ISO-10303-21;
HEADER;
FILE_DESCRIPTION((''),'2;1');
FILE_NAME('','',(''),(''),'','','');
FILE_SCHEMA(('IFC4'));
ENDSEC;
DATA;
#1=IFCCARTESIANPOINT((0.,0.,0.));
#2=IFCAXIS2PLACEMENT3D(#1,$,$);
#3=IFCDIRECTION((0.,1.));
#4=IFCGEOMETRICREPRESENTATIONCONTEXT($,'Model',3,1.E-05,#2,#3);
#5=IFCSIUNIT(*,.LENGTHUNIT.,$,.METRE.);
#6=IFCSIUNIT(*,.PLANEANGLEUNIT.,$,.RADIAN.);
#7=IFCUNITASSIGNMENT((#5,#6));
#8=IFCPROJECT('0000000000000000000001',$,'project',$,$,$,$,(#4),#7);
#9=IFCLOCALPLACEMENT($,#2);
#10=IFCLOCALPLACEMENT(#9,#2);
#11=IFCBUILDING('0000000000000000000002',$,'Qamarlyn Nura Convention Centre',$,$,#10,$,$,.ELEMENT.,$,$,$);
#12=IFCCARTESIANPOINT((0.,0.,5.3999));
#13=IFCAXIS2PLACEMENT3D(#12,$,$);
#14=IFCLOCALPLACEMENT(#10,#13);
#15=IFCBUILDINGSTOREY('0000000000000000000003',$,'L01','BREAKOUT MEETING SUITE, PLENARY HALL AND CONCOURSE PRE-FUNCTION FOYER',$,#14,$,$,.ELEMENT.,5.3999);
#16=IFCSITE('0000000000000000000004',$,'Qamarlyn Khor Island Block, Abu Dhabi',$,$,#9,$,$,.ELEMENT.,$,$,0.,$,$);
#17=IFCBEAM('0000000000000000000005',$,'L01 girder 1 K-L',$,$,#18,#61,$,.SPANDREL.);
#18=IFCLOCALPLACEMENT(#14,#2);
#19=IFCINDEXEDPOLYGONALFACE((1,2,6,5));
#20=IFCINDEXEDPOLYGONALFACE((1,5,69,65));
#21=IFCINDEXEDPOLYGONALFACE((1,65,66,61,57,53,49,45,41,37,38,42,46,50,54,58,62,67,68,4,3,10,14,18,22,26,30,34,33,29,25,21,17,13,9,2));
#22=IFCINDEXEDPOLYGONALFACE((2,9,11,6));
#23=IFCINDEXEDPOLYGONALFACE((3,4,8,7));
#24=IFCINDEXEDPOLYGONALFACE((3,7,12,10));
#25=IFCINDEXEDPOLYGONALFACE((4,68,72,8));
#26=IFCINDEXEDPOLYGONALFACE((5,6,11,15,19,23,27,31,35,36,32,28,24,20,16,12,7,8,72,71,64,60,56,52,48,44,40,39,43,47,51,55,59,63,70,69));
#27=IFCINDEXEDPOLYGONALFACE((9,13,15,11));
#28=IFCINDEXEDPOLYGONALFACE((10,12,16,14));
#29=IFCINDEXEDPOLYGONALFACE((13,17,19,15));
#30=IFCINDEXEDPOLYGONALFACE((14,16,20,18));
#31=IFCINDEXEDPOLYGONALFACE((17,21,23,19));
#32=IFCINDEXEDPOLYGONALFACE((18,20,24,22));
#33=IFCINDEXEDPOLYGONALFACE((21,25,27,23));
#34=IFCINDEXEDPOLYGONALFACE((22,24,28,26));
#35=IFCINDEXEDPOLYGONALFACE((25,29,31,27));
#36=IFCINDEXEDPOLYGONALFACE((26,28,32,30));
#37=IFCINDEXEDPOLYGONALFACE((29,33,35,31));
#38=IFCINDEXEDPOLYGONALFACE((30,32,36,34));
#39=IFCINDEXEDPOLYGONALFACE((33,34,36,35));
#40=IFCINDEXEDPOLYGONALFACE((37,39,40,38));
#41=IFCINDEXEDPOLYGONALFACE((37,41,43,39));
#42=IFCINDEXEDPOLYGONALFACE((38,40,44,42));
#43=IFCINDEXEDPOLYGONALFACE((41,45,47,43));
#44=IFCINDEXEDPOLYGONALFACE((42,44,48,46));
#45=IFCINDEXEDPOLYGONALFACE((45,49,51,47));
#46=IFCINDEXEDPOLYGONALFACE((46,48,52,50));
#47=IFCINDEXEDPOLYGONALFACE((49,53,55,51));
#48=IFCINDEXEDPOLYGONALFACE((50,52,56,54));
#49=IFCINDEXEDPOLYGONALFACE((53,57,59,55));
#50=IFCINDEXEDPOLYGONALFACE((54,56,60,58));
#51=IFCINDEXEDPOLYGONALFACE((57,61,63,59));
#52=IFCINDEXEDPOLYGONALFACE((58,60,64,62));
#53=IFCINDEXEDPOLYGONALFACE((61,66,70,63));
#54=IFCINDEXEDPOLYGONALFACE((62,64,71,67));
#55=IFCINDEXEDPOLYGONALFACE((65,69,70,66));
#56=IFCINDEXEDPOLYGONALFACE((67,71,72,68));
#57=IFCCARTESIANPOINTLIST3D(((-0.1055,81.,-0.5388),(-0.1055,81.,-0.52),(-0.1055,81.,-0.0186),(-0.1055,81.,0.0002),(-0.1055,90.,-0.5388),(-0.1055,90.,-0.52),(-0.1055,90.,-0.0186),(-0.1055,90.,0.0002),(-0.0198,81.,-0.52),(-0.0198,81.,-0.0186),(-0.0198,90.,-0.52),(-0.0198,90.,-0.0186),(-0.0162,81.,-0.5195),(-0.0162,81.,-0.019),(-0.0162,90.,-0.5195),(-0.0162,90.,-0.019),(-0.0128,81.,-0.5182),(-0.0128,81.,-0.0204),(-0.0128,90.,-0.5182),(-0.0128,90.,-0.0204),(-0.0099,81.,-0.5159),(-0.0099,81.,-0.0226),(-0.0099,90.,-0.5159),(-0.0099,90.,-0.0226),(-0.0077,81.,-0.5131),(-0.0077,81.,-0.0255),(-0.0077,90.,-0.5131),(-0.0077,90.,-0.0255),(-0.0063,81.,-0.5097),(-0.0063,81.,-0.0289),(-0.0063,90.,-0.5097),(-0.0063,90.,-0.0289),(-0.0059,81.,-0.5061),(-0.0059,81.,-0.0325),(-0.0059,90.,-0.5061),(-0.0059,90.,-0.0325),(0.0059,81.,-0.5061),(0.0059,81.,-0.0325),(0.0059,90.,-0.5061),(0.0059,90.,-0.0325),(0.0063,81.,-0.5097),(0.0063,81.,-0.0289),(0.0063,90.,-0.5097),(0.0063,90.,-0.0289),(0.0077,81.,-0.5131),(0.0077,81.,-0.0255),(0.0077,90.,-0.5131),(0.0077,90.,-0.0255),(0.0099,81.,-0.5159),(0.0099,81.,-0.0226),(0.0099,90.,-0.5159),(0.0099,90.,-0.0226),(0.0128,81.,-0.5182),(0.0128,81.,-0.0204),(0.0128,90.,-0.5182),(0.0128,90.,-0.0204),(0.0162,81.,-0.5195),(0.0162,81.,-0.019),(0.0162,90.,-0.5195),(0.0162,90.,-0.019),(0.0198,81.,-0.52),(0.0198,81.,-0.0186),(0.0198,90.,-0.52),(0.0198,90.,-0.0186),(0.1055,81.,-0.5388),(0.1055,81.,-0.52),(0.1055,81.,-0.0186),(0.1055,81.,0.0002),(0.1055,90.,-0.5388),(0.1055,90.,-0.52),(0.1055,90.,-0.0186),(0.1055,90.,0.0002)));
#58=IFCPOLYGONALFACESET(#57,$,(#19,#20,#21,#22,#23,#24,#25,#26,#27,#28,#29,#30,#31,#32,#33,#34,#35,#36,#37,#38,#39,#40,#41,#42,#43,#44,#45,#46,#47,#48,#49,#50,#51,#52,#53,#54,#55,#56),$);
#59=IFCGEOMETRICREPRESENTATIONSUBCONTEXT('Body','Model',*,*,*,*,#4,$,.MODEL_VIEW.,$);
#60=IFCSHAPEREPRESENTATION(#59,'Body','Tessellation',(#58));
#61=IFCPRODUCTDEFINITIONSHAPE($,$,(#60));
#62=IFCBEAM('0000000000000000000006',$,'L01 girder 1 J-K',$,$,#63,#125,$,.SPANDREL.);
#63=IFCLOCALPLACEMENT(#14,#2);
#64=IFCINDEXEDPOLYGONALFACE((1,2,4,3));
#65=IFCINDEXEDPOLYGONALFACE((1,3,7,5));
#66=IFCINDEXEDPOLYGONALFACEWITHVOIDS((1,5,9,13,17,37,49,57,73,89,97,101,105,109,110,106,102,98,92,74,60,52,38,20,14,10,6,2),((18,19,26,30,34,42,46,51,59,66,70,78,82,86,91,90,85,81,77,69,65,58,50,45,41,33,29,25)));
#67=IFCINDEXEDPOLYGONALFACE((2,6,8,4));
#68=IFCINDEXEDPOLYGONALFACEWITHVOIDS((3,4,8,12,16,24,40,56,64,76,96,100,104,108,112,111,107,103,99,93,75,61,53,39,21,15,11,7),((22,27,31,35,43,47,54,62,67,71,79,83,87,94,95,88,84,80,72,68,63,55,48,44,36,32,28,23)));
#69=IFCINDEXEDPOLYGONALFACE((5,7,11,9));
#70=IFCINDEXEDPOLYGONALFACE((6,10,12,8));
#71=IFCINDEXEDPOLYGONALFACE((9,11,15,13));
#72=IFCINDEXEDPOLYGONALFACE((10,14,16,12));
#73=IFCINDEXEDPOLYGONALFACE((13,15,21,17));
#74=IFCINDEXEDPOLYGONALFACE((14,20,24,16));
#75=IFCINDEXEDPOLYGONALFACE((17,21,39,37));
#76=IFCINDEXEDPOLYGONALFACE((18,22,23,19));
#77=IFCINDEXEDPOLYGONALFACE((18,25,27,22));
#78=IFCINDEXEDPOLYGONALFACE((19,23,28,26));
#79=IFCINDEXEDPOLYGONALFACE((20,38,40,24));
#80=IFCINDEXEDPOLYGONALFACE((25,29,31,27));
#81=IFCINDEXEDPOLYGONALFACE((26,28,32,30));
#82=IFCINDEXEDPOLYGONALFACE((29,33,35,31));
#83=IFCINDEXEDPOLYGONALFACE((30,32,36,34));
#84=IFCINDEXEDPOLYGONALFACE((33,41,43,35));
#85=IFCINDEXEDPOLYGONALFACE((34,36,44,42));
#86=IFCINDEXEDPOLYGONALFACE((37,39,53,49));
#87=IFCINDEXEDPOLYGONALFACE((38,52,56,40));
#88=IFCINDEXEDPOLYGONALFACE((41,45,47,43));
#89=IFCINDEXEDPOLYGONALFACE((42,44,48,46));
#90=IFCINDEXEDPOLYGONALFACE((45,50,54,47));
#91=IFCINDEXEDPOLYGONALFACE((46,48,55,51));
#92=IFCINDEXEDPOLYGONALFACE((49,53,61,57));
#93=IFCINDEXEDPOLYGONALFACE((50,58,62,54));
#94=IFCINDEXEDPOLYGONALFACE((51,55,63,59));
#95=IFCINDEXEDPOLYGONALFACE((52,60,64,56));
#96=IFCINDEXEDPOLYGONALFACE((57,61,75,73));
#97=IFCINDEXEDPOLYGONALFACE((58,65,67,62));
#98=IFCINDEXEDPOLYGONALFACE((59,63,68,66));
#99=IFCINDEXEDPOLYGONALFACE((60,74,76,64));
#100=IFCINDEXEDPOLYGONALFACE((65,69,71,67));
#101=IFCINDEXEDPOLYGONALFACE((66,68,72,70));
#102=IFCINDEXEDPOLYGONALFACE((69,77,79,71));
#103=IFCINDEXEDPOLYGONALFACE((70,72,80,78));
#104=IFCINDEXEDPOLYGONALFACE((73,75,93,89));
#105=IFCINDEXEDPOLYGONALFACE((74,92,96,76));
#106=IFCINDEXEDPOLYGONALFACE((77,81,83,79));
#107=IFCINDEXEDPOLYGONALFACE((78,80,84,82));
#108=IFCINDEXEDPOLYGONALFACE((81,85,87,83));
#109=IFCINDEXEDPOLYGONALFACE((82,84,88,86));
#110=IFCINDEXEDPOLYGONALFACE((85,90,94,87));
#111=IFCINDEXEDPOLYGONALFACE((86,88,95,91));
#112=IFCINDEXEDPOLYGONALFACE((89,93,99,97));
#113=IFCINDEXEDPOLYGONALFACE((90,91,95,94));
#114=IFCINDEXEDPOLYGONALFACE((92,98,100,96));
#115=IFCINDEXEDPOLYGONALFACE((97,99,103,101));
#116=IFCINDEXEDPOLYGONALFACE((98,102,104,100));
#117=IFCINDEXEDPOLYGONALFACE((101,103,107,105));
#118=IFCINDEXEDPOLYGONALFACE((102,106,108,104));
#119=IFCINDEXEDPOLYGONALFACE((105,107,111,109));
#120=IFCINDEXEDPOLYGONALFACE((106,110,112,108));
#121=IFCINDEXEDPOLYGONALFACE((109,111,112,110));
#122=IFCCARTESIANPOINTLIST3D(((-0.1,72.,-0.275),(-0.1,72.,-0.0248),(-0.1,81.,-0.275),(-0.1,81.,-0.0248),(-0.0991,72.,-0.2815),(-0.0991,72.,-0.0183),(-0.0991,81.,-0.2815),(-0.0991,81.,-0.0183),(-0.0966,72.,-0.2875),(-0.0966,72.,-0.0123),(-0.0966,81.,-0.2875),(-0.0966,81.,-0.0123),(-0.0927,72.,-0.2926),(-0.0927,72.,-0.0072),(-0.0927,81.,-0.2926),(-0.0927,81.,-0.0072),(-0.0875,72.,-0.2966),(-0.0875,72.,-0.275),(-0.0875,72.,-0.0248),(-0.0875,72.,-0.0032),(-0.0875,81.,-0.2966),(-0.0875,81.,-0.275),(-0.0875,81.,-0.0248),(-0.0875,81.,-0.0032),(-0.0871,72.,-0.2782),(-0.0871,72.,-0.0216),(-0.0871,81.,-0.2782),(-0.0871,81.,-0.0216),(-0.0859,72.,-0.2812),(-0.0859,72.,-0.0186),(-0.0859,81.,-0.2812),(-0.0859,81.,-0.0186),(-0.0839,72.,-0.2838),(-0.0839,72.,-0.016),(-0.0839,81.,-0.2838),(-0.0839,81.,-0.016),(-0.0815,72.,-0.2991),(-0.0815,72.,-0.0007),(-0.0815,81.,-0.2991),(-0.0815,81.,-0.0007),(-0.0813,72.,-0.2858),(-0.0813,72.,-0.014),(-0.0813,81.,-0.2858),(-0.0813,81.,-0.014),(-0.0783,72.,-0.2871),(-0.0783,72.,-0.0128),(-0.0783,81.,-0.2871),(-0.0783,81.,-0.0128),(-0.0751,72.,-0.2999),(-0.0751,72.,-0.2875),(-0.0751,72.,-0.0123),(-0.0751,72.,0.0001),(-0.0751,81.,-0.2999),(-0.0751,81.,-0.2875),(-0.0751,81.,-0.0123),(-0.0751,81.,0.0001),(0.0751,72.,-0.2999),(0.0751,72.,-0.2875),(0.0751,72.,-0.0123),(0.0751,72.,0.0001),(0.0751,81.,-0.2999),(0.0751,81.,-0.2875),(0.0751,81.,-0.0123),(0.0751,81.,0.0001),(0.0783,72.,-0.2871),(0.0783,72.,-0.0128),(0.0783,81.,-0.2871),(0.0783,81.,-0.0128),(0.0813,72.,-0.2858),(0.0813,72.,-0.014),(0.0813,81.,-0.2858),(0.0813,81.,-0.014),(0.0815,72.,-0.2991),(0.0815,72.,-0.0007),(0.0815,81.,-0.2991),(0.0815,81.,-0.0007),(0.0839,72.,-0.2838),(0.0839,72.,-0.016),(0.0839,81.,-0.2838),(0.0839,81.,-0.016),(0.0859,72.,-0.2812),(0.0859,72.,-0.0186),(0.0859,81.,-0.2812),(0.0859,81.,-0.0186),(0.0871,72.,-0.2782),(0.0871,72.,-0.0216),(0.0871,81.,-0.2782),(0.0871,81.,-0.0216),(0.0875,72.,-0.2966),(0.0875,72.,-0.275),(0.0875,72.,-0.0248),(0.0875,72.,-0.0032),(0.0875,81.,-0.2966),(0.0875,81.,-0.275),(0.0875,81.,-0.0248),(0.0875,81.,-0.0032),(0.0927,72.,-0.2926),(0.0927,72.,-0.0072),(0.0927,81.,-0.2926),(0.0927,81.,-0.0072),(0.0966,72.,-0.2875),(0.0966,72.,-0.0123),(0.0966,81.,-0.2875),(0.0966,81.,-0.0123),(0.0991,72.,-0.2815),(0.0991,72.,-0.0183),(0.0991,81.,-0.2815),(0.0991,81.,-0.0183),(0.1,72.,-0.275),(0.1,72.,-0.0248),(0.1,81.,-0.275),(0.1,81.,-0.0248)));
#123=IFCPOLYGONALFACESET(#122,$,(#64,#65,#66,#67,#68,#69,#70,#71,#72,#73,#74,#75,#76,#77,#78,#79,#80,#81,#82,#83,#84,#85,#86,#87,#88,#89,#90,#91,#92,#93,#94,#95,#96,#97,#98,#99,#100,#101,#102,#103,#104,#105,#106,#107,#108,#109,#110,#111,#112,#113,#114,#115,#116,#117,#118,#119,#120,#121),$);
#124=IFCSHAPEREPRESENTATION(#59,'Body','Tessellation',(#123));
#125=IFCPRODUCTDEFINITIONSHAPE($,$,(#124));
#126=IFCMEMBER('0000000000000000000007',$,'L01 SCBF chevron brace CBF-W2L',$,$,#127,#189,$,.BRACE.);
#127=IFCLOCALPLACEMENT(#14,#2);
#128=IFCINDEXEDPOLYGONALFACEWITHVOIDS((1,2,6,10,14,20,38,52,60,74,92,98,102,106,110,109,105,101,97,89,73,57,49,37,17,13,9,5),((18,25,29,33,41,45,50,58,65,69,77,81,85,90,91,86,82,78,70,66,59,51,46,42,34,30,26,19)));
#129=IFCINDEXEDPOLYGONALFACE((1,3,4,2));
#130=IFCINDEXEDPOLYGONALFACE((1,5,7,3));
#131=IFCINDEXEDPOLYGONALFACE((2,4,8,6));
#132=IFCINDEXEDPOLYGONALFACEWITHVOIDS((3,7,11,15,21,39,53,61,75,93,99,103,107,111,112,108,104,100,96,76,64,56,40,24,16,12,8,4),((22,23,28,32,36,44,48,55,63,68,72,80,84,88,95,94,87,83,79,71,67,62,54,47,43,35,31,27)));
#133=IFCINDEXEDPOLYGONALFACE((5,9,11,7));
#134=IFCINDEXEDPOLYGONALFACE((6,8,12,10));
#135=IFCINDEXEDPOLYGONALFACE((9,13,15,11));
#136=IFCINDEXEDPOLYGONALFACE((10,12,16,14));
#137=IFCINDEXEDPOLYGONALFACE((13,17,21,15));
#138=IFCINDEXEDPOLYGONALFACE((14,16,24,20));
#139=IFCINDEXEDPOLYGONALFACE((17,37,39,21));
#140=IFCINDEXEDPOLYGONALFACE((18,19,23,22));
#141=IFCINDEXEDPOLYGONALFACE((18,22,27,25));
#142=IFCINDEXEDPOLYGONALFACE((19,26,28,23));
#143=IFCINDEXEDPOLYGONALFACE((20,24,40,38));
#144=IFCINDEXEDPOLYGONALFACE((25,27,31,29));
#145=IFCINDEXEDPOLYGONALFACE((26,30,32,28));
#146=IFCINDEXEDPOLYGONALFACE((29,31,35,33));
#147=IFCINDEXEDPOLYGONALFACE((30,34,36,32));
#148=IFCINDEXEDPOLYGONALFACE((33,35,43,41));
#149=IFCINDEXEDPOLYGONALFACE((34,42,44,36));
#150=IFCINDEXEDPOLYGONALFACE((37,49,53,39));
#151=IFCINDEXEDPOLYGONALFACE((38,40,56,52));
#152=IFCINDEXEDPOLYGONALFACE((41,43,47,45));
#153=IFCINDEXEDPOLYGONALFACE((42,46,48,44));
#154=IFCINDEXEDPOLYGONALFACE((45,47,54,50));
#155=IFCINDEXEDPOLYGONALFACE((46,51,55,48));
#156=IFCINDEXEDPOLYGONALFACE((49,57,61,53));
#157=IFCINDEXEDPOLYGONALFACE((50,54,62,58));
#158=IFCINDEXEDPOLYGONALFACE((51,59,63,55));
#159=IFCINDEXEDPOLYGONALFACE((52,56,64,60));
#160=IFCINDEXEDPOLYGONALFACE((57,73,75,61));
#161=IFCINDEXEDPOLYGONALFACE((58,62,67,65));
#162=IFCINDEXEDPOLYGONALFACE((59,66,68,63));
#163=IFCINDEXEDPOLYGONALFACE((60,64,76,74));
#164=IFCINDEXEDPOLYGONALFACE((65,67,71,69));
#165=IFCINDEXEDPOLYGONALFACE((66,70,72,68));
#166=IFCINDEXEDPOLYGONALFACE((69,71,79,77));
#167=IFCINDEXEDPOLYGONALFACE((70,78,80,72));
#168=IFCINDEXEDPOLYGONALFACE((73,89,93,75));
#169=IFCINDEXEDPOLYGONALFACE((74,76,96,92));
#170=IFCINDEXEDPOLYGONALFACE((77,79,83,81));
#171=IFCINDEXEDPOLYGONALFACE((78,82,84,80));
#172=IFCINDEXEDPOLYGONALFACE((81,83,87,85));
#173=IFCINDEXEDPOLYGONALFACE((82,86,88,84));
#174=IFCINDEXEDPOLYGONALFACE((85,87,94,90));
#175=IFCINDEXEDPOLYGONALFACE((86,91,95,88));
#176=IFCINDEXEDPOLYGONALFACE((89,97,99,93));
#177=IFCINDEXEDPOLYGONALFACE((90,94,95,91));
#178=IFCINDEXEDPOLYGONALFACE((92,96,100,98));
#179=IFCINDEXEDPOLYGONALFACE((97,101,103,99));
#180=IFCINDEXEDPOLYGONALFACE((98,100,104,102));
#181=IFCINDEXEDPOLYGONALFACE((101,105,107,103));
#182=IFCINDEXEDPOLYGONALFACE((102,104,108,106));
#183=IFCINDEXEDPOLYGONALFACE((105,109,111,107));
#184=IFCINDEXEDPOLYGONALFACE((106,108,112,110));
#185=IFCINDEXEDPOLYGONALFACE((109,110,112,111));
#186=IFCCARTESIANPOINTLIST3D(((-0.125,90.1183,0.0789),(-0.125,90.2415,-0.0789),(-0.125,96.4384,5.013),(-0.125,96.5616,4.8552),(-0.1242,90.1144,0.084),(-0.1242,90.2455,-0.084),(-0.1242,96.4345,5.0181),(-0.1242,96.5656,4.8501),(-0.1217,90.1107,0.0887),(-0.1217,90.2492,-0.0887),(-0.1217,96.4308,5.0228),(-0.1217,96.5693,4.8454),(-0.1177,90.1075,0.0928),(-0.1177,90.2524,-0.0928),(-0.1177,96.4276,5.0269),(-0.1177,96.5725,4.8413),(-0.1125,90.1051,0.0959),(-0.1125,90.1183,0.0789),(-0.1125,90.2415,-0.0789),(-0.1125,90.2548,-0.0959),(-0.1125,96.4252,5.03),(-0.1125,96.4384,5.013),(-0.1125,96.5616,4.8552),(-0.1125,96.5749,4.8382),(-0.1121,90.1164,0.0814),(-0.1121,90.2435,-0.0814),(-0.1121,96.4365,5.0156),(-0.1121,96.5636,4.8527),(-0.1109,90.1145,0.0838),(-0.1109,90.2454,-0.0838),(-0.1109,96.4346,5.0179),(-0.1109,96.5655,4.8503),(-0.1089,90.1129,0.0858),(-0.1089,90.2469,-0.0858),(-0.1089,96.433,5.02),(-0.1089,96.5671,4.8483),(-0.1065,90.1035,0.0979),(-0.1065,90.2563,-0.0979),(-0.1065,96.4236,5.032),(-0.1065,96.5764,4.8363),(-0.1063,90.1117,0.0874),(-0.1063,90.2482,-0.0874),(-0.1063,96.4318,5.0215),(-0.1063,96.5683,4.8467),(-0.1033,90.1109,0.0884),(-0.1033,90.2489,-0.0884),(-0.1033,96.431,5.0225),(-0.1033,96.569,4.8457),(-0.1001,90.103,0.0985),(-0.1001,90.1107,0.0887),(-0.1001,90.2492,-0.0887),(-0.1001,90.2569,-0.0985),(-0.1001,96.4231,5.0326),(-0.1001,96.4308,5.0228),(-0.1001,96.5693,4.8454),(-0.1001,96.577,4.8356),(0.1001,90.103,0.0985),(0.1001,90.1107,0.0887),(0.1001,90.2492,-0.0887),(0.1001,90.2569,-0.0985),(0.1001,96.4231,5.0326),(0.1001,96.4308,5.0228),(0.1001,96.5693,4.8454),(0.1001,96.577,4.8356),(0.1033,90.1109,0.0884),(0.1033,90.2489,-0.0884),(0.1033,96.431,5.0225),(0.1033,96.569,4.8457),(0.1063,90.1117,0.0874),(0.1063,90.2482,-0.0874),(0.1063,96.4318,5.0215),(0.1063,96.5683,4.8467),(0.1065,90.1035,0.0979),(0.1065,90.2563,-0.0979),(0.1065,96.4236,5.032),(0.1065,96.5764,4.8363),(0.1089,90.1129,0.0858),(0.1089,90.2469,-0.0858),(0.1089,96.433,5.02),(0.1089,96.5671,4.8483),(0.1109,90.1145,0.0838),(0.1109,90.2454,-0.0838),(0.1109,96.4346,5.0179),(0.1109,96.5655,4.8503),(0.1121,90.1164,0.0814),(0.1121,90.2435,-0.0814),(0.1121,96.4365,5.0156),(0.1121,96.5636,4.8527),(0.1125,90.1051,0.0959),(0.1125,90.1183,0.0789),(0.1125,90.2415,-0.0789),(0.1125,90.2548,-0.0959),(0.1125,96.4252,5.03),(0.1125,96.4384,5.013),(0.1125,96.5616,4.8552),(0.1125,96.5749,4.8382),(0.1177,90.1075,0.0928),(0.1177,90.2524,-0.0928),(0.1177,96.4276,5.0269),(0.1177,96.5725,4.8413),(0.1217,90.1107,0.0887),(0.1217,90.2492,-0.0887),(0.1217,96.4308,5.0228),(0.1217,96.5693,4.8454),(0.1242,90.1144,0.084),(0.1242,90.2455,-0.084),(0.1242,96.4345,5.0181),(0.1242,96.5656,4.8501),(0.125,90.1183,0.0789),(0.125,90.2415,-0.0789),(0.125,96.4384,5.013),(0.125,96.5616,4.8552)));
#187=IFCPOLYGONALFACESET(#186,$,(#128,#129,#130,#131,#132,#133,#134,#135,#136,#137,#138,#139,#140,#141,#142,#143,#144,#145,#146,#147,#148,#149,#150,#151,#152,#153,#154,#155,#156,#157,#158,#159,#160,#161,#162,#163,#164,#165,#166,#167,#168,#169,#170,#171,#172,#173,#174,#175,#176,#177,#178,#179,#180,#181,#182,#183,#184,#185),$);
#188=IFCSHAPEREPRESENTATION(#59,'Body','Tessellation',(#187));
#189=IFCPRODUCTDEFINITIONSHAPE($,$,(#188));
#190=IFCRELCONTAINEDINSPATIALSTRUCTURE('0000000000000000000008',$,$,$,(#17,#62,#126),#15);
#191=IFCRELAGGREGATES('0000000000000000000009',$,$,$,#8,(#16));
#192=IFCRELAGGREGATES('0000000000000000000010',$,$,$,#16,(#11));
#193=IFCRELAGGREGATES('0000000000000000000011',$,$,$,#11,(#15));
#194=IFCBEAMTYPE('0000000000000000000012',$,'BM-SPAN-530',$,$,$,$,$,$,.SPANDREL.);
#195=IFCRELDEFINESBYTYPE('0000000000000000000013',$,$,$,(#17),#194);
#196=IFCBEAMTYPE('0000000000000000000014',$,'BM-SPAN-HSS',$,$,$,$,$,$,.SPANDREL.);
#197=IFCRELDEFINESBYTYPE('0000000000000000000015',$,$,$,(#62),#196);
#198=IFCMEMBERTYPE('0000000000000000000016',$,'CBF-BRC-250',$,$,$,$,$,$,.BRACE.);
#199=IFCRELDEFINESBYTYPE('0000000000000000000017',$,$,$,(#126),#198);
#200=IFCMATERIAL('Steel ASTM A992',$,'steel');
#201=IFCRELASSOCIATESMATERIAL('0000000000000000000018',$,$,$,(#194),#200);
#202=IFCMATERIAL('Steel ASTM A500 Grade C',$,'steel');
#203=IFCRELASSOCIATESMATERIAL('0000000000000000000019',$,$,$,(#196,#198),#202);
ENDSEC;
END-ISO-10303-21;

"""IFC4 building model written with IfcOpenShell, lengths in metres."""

from ifc_helpers import new_model, si_unit, direction, frame, origin, origin_2d, place, context, subcontext, project, spatial, hollow_rectangle, i_section, extrude, material, material_profile, profile_set, type_object, element, save


model = new_model("IFC4")

# Units and contexts
model_context = context("Model", 3, precision=1e-05, world=origin(), true_north=direction((0.0, 1.0)))
body_context = subcontext(model_context, "Body", "Model", "MODEL_VIEW")
ifc_project = project(units=[si_unit("LENGTHUNIT", "METRE"), si_unit("PLANEANGLEUNIT", "RADIAN")], contexts=[model_context])

# Site, building, storey
site_placement = place(None, origin())
site = spatial("IfcSite", under=ifc_project, at=site_placement, Name="Qamarlyn Khor Island Block, Abu Dhabi", CompositionType="ELEMENT", RefElevation=0.0)
building_placement = place(site_placement, origin())
building = spatial("IfcBuilding", under=site, at=building_placement, Name="Qamarlyn Nura Convention Centre", CompositionType="ELEMENT")
storey_placement = place(building_placement, frame((0.0, 0.0, 5.3999)))
storey = spatial("IfcBuildingStorey", under=building, at=storey_placement, Name="L01", Description="BREAKOUT MEETING SUITE, PLENARY HALL AND CONCOURSE PRE-FUNCTION FOYER", CompositionType="ELEMENT", Elevation=5.3999)

# Beams
ifc_material_1 = material(Name="Steel ASTM A992", Category="steel")
ifc_material_profile_1 = material_profile(ifc_material_1, i_section(OverallWidth=0.2109, OverallDepth=0.5391, WebThickness=0.0117, FlangeThickness=0.0188, FilletRadius=0.0139, at=origin_2d()), Name="W530X109")
ifc_profile_set_1 = profile_set([ifc_material_profile_1], Name="Steel ASTM A992")
beam_type_1 = type_object("IfcBeamType", Name="BM-SPAN-530", PredefinedType="SPANDREL", material=ifc_profile_set_1)
beam_1_placement = place(storey_placement, frame((0.0, 81.0, -0.2693), z_axis=(0.0, 1.0, 0.0), x_axis=(-1.0, 0.0, 0.0)))
element("IfcBeam", 1, at=beam_1_placement, inside=storey, type_object=beam_type_1, Name="L01 girder 1 K-L", PredefinedType="SPANDREL", context=body_context, shape_type="SweptSolid", body=[
    extrude(i_section(OverallWidth=0.2109, OverallDepth=0.5391, WebThickness=0.0117, FlangeThickness=0.0188, FilletRadius=0.0139, at=origin_2d()), origin(), (0.0, 0.0, 1.0), 9.0),
])
ifc_material_2 = material(Name="Steel ASTM A500 Grade C", Category="steel")
ifc_material_profile_2 = material_profile(ifc_material_2, hollow_rectangle(XDim=0.2, YDim=0.3, WallThickness=0.0125, InnerFilletRadius=0.0125, OuterFilletRadius=0.0249, at=origin_2d()), Name="HSS300X200X12.5")
ifc_profile_set_2 = profile_set([ifc_material_profile_2], Name="Steel ASTM A500 Grade C")
beam_type_2 = type_object("IfcBeamType", Name="BM-SPAN-HSS", PredefinedType="SPANDREL", material=ifc_profile_set_2)
beam_2_placement = place(storey_placement, frame((0.0, 72.0, -0.1499), z_axis=(0.0, 1.0, 0.0), x_axis=(-1.0, 0.0, 0.0)))
element("IfcBeam", 2, at=beam_2_placement, inside=storey, type_object=beam_type_2, Name="L01 girder 1 J-K", PredefinedType="SPANDREL", context=body_context, shape_type="SweptSolid", body=[
    extrude(hollow_rectangle(XDim=0.2, YDim=0.3, WallThickness=0.0125, InnerFilletRadius=0.0125, OuterFilletRadius=0.0249, at=origin_2d()), origin(), (0.0, 0.0, 1.0), 9.0),
])

# Member
ifc_material_profile_3 = material_profile(ifc_material_2, hollow_rectangle(XDim=0.25, YDim=0.25, WallThickness=0.0125, InnerFilletRadius=0.0125, OuterFilletRadius=0.0249, at=origin_2d()), Name="HSS250X250X12.5")
ifc_profile_set_3 = profile_set([ifc_material_profile_3], Name="Steel ASTM A500 Grade C")
member_type_1 = type_object("IfcMemberType", Name="CBF-BRC-250", PredefinedType="BRACE", material=ifc_profile_set_3)
member_1_placement = place(storey_placement, frame((0.0, 90.1799, 0.0), z_axis=(0.0, 0.788234, 0.615375), x_axis=(-1.0, 0.0, 0.0)))
element("IfcMember", 3, at=member_1_placement, inside=storey, type_object=member_type_1, Name="L01 SCBF chevron brace CBF-W2L", PredefinedType="BRACE", context=body_context, shape_type="SweptSolid", body=[
    extrude(hollow_rectangle(XDim=0.25, YDim=0.25, WallThickness=0.0125, InnerFilletRadius=0.0125, OuterFilletRadius=0.0249, at=origin_2d()), origin(), (0.0, 0.0, 1.0), 8.0181),
])

save(model, "model.ifc")
